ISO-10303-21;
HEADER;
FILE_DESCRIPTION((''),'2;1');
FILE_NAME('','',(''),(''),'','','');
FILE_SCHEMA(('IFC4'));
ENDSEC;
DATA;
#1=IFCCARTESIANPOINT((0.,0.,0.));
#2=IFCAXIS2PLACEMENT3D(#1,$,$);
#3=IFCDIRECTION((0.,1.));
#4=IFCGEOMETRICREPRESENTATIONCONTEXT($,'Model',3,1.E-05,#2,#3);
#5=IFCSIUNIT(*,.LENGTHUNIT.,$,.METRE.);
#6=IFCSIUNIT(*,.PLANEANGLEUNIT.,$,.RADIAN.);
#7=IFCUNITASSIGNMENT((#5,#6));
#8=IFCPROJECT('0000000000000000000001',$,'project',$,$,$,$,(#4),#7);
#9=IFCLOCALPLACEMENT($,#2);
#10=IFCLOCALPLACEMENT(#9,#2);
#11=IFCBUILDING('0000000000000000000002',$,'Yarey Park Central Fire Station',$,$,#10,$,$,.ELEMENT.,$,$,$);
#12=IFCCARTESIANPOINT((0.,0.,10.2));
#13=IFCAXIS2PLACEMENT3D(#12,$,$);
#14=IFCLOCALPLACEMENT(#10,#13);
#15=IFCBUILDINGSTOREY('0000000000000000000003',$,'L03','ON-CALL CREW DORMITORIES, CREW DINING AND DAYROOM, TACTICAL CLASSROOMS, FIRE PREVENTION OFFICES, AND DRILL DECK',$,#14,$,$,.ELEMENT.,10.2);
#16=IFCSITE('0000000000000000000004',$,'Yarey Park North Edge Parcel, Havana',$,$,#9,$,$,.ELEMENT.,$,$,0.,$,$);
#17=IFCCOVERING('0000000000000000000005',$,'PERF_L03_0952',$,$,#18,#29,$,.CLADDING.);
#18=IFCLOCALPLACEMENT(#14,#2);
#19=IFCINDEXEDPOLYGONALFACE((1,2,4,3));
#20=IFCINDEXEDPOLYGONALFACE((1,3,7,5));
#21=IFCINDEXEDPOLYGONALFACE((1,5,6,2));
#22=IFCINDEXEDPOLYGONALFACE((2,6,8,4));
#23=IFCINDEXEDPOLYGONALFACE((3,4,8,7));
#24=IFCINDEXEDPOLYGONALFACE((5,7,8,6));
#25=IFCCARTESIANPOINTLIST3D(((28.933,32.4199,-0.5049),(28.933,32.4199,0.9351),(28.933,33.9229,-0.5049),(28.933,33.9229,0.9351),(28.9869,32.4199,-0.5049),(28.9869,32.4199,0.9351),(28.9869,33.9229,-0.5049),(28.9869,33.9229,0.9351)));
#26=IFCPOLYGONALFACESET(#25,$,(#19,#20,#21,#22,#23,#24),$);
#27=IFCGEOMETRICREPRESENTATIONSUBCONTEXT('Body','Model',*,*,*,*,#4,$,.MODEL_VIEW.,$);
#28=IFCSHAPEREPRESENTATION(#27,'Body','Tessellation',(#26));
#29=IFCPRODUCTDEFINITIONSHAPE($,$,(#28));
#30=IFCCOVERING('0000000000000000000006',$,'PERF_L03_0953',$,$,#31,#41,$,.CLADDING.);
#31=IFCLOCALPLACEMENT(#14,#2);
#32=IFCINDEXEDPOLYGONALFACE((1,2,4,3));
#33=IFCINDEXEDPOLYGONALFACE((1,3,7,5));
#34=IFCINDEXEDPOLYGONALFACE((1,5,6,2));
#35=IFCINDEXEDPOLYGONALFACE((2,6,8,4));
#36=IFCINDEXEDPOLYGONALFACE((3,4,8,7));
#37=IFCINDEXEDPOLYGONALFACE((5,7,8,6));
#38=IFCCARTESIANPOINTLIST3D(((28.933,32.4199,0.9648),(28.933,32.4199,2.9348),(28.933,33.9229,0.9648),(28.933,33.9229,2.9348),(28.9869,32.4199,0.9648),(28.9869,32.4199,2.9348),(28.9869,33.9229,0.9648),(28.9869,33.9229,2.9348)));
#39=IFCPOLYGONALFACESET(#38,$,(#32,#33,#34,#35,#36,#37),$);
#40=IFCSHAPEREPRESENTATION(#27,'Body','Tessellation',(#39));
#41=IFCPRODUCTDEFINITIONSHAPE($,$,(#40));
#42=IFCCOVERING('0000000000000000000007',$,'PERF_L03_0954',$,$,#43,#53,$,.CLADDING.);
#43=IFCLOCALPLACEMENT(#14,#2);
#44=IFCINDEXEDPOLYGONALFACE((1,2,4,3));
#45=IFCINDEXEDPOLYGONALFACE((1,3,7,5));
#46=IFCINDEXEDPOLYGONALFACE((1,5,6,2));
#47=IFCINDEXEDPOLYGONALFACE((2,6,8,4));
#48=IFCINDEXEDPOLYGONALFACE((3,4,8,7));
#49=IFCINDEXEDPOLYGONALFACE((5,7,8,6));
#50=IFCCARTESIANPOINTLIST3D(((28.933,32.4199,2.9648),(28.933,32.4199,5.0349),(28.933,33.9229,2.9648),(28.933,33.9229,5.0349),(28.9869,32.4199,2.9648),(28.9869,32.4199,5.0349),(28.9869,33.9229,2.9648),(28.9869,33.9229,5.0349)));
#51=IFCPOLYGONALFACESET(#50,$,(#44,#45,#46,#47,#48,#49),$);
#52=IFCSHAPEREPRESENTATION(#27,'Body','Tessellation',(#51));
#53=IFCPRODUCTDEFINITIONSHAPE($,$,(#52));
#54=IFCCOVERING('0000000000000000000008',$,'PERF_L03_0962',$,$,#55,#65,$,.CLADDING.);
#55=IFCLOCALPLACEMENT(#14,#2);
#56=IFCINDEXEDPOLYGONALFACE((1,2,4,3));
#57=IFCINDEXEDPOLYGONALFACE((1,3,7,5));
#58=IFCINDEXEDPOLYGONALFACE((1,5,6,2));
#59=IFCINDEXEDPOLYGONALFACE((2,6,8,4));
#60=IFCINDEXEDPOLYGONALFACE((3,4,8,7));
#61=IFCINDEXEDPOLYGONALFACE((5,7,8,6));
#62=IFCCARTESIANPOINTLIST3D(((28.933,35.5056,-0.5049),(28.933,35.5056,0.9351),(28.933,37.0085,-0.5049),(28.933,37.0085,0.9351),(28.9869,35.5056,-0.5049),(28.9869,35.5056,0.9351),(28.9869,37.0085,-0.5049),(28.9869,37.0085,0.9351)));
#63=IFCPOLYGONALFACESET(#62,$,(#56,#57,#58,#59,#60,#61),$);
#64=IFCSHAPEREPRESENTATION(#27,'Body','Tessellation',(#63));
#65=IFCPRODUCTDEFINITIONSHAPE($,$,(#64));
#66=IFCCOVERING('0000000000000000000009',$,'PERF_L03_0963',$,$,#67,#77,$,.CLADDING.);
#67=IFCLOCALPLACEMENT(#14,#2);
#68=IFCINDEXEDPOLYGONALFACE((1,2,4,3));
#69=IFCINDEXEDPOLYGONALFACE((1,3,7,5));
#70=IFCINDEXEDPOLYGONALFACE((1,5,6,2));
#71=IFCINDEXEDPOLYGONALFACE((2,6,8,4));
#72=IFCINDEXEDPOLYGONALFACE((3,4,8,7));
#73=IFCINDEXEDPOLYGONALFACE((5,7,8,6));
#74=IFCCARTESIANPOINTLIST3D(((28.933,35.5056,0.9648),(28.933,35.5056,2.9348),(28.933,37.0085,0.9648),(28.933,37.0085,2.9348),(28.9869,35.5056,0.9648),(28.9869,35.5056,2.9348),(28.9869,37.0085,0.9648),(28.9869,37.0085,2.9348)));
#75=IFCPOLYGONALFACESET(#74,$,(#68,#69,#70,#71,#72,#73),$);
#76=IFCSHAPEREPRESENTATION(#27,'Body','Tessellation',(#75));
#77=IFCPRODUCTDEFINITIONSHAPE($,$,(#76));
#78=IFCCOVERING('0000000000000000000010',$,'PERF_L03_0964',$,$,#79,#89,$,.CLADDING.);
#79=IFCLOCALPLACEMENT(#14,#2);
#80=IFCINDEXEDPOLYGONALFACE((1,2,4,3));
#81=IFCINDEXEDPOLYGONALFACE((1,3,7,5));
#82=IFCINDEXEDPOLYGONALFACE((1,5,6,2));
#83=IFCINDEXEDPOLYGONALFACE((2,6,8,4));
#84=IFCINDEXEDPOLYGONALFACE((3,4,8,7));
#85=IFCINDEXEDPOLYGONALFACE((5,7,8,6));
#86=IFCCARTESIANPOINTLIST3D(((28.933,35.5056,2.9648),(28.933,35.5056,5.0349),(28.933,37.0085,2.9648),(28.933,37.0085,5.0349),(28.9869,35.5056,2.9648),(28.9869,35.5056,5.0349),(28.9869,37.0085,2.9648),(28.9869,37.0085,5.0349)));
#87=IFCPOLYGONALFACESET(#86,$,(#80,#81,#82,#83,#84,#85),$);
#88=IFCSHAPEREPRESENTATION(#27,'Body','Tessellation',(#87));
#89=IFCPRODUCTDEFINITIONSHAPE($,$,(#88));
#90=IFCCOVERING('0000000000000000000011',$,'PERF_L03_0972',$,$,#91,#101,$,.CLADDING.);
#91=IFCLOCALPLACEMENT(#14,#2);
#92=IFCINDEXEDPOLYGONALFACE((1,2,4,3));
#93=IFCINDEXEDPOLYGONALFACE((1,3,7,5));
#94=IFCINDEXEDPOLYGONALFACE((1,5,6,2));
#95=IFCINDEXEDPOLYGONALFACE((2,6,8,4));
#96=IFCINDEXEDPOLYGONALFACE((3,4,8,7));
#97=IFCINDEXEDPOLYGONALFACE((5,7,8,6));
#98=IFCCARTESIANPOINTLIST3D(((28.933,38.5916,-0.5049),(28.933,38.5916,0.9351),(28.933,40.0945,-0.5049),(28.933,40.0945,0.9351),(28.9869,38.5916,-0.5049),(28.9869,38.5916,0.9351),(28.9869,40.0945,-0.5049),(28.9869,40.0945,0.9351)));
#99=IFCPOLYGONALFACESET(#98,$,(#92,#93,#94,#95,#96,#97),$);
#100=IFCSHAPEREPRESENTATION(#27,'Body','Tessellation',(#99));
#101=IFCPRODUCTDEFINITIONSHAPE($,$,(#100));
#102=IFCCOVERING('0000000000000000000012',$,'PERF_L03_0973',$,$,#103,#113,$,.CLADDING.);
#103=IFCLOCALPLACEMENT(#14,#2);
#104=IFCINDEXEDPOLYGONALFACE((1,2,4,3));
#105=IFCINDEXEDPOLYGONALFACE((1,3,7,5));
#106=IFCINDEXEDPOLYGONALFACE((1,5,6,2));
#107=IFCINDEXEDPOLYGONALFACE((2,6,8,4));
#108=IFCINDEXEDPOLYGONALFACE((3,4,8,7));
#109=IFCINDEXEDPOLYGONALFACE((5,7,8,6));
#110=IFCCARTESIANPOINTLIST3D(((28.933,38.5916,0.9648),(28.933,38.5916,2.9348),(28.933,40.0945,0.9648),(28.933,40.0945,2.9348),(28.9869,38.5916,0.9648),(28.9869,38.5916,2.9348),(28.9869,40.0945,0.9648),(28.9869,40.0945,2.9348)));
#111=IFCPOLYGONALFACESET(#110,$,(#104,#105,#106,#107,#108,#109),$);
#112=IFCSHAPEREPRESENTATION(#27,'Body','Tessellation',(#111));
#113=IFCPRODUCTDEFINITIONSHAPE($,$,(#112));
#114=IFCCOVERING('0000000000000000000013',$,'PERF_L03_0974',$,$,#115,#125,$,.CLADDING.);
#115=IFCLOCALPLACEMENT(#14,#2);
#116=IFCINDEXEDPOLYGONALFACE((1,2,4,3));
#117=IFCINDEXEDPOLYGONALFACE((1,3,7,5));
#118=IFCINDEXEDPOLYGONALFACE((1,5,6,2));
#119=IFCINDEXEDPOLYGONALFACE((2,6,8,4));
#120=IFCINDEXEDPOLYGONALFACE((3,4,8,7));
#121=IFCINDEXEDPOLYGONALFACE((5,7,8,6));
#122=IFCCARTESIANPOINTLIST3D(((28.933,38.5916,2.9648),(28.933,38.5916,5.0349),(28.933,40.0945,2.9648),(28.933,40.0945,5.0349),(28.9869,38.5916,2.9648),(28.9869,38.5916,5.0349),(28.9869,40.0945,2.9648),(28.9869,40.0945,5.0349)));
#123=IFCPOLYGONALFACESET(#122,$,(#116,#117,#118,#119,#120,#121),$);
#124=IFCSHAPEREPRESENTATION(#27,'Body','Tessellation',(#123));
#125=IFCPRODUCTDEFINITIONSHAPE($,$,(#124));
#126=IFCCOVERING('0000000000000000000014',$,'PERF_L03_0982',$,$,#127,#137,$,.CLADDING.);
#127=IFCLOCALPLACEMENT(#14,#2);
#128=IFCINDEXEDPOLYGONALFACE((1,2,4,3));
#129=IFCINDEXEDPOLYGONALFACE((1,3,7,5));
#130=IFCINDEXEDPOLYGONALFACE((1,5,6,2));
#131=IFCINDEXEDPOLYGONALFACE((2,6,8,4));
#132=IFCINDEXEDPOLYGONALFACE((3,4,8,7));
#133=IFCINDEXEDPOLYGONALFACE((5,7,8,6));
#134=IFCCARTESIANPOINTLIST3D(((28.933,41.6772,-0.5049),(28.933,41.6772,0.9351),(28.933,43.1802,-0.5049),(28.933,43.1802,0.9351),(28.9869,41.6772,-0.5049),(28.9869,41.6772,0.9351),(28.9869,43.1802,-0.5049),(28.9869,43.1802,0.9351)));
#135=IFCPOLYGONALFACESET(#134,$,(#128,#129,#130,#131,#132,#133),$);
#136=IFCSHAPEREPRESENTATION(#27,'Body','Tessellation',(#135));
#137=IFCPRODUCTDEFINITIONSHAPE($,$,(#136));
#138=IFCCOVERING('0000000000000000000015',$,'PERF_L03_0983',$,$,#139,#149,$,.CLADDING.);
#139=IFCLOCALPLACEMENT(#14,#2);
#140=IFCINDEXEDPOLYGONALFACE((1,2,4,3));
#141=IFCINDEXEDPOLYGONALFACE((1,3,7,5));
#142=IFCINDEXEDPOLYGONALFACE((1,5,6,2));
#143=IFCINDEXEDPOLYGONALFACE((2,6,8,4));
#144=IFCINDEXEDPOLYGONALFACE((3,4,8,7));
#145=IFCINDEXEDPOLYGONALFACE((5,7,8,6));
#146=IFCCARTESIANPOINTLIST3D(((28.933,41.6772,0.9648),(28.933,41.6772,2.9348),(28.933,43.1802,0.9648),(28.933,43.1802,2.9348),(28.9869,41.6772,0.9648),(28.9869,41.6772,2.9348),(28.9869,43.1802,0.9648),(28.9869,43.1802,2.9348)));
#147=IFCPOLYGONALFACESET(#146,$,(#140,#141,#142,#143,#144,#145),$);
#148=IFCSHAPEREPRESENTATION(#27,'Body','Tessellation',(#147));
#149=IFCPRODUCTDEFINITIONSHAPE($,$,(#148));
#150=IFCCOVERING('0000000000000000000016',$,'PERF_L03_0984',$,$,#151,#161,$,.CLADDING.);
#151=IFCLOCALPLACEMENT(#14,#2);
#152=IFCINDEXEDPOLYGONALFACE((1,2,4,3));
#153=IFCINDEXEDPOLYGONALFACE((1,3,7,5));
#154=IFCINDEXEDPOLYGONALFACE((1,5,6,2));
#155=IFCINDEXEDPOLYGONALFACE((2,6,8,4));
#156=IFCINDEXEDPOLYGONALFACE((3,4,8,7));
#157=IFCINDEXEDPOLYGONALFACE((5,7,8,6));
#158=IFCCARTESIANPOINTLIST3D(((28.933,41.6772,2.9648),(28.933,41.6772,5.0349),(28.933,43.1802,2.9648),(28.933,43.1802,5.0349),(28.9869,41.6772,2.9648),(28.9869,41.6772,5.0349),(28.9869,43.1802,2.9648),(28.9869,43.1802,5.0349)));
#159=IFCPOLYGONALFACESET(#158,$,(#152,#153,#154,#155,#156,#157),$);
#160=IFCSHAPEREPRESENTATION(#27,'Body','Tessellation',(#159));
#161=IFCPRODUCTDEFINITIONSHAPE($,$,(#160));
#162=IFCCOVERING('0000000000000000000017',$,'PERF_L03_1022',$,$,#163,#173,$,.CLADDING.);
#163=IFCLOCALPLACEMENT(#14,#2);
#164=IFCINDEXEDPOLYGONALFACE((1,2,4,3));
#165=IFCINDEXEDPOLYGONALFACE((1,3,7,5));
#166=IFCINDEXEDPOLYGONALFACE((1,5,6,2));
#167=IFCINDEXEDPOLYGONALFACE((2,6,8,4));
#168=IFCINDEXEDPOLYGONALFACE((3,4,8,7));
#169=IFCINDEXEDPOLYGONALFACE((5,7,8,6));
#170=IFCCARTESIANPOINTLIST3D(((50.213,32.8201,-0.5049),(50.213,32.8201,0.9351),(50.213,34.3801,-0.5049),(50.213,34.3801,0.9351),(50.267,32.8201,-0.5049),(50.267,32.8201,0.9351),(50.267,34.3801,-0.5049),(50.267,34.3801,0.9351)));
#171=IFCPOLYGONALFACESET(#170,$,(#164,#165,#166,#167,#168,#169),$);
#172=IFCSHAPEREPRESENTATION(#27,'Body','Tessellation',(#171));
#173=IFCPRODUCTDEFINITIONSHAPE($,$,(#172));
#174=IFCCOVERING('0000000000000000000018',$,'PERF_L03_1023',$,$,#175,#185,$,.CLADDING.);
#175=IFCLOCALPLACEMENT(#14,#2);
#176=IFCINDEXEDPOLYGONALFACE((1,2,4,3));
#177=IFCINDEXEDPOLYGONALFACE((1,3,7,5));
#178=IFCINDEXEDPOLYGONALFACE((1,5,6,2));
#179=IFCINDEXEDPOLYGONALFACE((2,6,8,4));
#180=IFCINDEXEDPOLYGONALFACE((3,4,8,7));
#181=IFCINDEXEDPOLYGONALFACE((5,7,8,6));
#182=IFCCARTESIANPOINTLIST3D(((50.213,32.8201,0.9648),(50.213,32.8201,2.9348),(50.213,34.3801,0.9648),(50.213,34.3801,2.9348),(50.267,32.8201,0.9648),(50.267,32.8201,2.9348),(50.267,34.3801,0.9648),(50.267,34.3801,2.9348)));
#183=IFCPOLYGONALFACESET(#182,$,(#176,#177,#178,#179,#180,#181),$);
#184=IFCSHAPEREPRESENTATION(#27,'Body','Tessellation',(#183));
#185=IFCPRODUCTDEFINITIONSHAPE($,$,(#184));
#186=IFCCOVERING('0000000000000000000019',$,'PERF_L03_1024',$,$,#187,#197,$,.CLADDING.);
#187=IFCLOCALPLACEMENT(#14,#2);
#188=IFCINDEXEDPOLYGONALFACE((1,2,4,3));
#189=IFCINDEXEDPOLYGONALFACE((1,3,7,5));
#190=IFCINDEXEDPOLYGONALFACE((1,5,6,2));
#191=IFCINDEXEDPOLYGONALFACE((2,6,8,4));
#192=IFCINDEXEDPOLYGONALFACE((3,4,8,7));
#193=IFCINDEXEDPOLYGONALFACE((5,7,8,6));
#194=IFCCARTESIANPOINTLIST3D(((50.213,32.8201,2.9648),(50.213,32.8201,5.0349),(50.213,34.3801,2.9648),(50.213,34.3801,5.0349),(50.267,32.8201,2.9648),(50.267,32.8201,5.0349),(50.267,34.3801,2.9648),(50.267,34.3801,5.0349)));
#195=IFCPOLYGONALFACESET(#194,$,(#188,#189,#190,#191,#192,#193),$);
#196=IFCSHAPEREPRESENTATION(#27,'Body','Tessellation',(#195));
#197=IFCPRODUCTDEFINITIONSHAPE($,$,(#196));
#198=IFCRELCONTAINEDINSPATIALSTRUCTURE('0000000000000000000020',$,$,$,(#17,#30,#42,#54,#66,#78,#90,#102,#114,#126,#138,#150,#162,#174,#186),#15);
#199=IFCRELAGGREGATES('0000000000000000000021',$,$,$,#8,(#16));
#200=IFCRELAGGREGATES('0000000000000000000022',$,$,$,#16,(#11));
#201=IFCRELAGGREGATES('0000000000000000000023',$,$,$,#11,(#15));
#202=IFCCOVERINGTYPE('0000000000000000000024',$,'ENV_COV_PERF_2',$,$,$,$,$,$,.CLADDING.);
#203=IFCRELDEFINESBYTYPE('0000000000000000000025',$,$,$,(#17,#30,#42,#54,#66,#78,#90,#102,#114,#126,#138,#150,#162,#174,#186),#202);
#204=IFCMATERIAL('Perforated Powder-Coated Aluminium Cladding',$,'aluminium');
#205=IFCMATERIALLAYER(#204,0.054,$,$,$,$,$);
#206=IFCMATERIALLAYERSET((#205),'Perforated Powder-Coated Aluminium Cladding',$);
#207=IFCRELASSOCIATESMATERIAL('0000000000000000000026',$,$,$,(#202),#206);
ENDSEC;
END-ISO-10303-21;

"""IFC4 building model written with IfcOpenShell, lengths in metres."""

from ifc_helpers import new_model, si_unit, direction, frame, origin, origin_2d, place, context, subcontext, project, spatial, rectangle, extrude, material, layer, layer_set, type_object, element, save


model = new_model("IFC4")

# Units and contexts
model_context = context("Model", 3, precision=1e-05, world=origin(), true_north=direction((0.0, 1.0)))
body_context = subcontext(model_context, "Body", "Model", "MODEL_VIEW")
ifc_project = project(units=[si_unit("LENGTHUNIT", "METRE"), si_unit("PLANEANGLEUNIT", "RADIAN")], contexts=[model_context])

# Site, building, storey
site_placement = place(None, origin())
site = spatial("IfcSite", under=ifc_project, at=site_placement, Name="Yarey Park North Edge Parcel, Havana", CompositionType="ELEMENT", RefElevation=0.0)
building_placement = place(site_placement, origin())
building = spatial("IfcBuilding", under=site, at=building_placement, Name="Yarey Park Central Fire Station", CompositionType="ELEMENT")
storey_placement = place(building_placement, frame((0.0, 0.0, 10.2)))
storey = spatial("IfcBuildingStorey", under=building, at=storey_placement, Name="L03", Description="ON-CALL CREW DORMITORIES, CREW DINING AND DAYROOM, TACTICAL CLASSROOMS, FIRE PREVENTION OFFICES, AND DRILL DECK", CompositionType="ELEMENT", Elevation=10.2)

# Coverings
ifc_material_1 = material(Name="Perforated Powder-Coated Aluminium Cladding", Category="aluminium")
ifc_layer_1 = layer(ifc_material_1, 0.054)
ifc_layer_set_1 = layer_set([ifc_layer_1], Name="Perforated Powder-Coated Aluminium Cladding")
covering_type_1 = type_object("IfcCoveringType", Name="ENV_COV_PERF_2", PredefinedType="CLADDING", material=ifc_layer_set_1)
covering_1_placement = place(storey_placement, frame((28.96, 33.1714, -0.5049), z_axis=(0.0, 0.0, 1.0), x_axis=(0.0, 1.0, 0.0)))
element("IfcCovering", 1, at=covering_1_placement, inside=storey, type_object=covering_type_1, Name="PERF_L03_0952", PredefinedType="CLADDING", context=body_context, shape_type="SweptSolid", body=[
    extrude(rectangle(XDim=1.5029, YDim=0.054, at=origin_2d()), origin(), (0.0, 0.0, 1.0), 1.4399),
])
covering_2_placement = place(storey_placement, frame((28.96, 33.1714, 0.9648), z_axis=(0.0, 0.0, 1.0), x_axis=(0.0, 1.0, 0.0)))
element("IfcCovering", 2, at=covering_2_placement, inside=storey, type_object=covering_type_1, Name="PERF_L03_0953", PredefinedType="CLADDING", context=body_context, shape_type="SweptSolid", body=[
    extrude(rectangle(XDim=1.5029, YDim=0.054, at=origin_2d()), origin(), (0.0, 0.0, 1.0), 1.97),
])
covering_3_placement = place(storey_placement, frame((28.96, 33.1714, 2.9648), z_axis=(0.0, 0.0, 1.0), x_axis=(0.0, 1.0, 0.0)))
element("IfcCovering", 3, at=covering_3_placement, inside=storey, type_object=covering_type_1, Name="PERF_L03_0954", PredefinedType="CLADDING", context=body_context, shape_type="SweptSolid", body=[
    extrude(rectangle(XDim=1.5029, YDim=0.054, at=origin_2d()), origin(), (0.0, 0.0, 1.0), 2.0701),
])
covering_4_placement = place(storey_placement, frame((28.96, 36.2571, -0.5049), z_axis=(0.0, 0.0, 1.0), x_axis=(0.0, 1.0, 0.0)))
element("IfcCovering", 4, at=covering_4_placement, inside=storey, type_object=covering_type_1, Name="PERF_L03_0962", PredefinedType="CLADDING", context=body_context, shape_type="SweptSolid", body=[
    extrude(rectangle(XDim=1.5029, YDim=0.054, at=origin_2d()), origin(), (0.0, 0.0, 1.0), 1.4399),
])
covering_5_placement = place(storey_placement, frame((28.96, 36.2571, 0.9648), z_axis=(0.0, 0.0, 1.0), x_axis=(0.0, 1.0, 0.0)))
element("IfcCovering", 5, at=covering_5_placement, inside=storey, type_object=covering_type_1, Name="PERF_L03_0963", PredefinedType="CLADDING", context=body_context, shape_type="SweptSolid", body=[
    extrude(rectangle(XDim=1.5029, YDim=0.054, at=origin_2d()), origin(), (0.0, 0.0, 1.0), 1.97),
])
covering_6_placement = place(storey_placement, frame((28.96, 36.2571, 2.9648), z_axis=(0.0, 0.0, 1.0), x_axis=(0.0, 1.0, 0.0)))
element("IfcCovering", 6, at=covering_6_placement, inside=storey, type_object=covering_type_1, Name="PERF_L03_0964", PredefinedType="CLADDING", context=body_context, shape_type="SweptSolid", body=[
    extrude(rectangle(XDim=1.5029, YDim=0.054, at=origin_2d()), origin(), (0.0, 0.0, 1.0), 2.0701),
])
covering_7_placement = place(storey_placement, frame((28.96, 39.343, -0.5049), z_axis=(0.0, 0.0, 1.0), x_axis=(0.0, 1.0, 0.0)))
element("IfcCovering", 7, at=covering_7_placement, inside=storey, type_object=covering_type_1, Name="PERF_L03_0972", PredefinedType="CLADDING", context=body_context, shape_type="SweptSolid", body=[
    extrude(rectangle(XDim=1.5029, YDim=0.054, at=origin_2d()), origin(), (0.0, 0.0, 1.0), 1.4399),
])
covering_8_placement = place(storey_placement, frame((28.96, 39.343, 0.9648), z_axis=(0.0, 0.0, 1.0), x_axis=(0.0, 1.0, 0.0)))
element("IfcCovering", 8, at=covering_8_placement, inside=storey, type_object=covering_type_1, Name="PERF_L03_0973", PredefinedType="CLADDING", context=body_context, shape_type="SweptSolid", body=[
    extrude(rectangle(XDim=1.5029, YDim=0.054, at=origin_2d()), origin(), (0.0, 0.0, 1.0), 1.97),
])
covering_9_placement = place(storey_placement, frame((28.96, 39.343, 2.9648), z_axis=(0.0, 0.0, 1.0), x_axis=(0.0, 1.0, 0.0)))
element("IfcCovering", 9, at=covering_9_placement, inside=storey, type_object=covering_type_1, Name="PERF_L03_0974", PredefinedType="CLADDING", context=body_context, shape_type="SweptSolid", body=[
    extrude(rectangle(XDim=1.5029, YDim=0.054, at=origin_2d()), origin(), (0.0, 0.0, 1.0), 2.0701),
])
covering_10_placement = place(storey_placement, frame((28.96, 42.4287, -0.5049), z_axis=(0.0, 0.0, 1.0), x_axis=(0.0, 1.0, 0.0)))
element("IfcCovering", 10, at=covering_10_placement, inside=storey, type_object=covering_type_1, Name="PERF_L03_0982", PredefinedType="CLADDING", context=body_context, shape_type="SweptSolid", body=[
    extrude(rectangle(XDim=1.5029, YDim=0.054, at=origin_2d()), origin(), (0.0, 0.0, 1.0), 1.4399),
])
covering_11_placement = place(storey_placement, frame((28.96, 42.4287, 0.9648), z_axis=(0.0, 0.0, 1.0), x_axis=(0.0, 1.0, 0.0)))
element("IfcCovering", 11, at=covering_11_placement, inside=storey, type_object=covering_type_1, Name="PERF_L03_0983", PredefinedType="CLADDING", context=body_context, shape_type="SweptSolid", body=[
    extrude(rectangle(XDim=1.5029, YDim=0.054, at=origin_2d()), origin(), (0.0, 0.0, 1.0), 1.97),
])
covering_12_placement = place(storey_placement, frame((28.96, 42.4287, 2.9648), z_axis=(0.0, 0.0, 1.0), x_axis=(0.0, 1.0, 0.0)))
element("IfcCovering", 12, at=covering_12_placement, inside=storey, type_object=covering_type_1, Name="PERF_L03_0984", PredefinedType="CLADDING", context=body_context, shape_type="SweptSolid", body=[
    extrude(rectangle(XDim=1.5029, YDim=0.054, at=origin_2d()), origin(), (0.0, 0.0, 1.0), 2.0701),
])
covering_13_placement = place(storey_placement, frame((50.24, 33.6001, -0.5049), z_axis=(0.0, 0.0, 1.0), x_axis=(0.0, 1.0, 0.0)))
element("IfcCovering", 13, at=covering_13_placement, inside=storey, type_object=covering_type_1, Name="PERF_L03_1022", PredefinedType="CLADDING", context=body_context, shape_type="SweptSolid", body=[
    extrude(rectangle(XDim=1.5601, YDim=0.054, at=origin_2d()), origin(), (0.0, 0.0, 1.0), 1.4399),
])
covering_14_placement = place(storey_placement, frame((50.24, 33.6001, 0.9648), z_axis=(0.0, 0.0, 1.0), x_axis=(0.0, 1.0, 0.0)))
element("IfcCovering", 14, at=covering_14_placement, inside=storey, type_object=covering_type_1, Name="PERF_L03_1023", PredefinedType="CLADDING", context=body_context, shape_type="SweptSolid", body=[
    extrude(rectangle(XDim=1.5601, YDim=0.054, at=origin_2d()), origin(), (0.0, 0.0, 1.0), 1.97),
])
covering_15_placement = place(storey_placement, frame((50.24, 33.6001, 2.9648), z_axis=(0.0, 0.0, 1.0), x_axis=(0.0, 1.0, 0.0)))
element("IfcCovering", 15, at=covering_15_placement, inside=storey, type_object=covering_type_1, Name="PERF_L03_1024", PredefinedType="CLADDING", context=body_context, shape_type="SweptSolid", body=[
    extrude(rectangle(XDim=1.5601, YDim=0.054, at=origin_2d()), origin(), (0.0, 0.0, 1.0), 2.0701),
])

save(model, "model.ifc")
